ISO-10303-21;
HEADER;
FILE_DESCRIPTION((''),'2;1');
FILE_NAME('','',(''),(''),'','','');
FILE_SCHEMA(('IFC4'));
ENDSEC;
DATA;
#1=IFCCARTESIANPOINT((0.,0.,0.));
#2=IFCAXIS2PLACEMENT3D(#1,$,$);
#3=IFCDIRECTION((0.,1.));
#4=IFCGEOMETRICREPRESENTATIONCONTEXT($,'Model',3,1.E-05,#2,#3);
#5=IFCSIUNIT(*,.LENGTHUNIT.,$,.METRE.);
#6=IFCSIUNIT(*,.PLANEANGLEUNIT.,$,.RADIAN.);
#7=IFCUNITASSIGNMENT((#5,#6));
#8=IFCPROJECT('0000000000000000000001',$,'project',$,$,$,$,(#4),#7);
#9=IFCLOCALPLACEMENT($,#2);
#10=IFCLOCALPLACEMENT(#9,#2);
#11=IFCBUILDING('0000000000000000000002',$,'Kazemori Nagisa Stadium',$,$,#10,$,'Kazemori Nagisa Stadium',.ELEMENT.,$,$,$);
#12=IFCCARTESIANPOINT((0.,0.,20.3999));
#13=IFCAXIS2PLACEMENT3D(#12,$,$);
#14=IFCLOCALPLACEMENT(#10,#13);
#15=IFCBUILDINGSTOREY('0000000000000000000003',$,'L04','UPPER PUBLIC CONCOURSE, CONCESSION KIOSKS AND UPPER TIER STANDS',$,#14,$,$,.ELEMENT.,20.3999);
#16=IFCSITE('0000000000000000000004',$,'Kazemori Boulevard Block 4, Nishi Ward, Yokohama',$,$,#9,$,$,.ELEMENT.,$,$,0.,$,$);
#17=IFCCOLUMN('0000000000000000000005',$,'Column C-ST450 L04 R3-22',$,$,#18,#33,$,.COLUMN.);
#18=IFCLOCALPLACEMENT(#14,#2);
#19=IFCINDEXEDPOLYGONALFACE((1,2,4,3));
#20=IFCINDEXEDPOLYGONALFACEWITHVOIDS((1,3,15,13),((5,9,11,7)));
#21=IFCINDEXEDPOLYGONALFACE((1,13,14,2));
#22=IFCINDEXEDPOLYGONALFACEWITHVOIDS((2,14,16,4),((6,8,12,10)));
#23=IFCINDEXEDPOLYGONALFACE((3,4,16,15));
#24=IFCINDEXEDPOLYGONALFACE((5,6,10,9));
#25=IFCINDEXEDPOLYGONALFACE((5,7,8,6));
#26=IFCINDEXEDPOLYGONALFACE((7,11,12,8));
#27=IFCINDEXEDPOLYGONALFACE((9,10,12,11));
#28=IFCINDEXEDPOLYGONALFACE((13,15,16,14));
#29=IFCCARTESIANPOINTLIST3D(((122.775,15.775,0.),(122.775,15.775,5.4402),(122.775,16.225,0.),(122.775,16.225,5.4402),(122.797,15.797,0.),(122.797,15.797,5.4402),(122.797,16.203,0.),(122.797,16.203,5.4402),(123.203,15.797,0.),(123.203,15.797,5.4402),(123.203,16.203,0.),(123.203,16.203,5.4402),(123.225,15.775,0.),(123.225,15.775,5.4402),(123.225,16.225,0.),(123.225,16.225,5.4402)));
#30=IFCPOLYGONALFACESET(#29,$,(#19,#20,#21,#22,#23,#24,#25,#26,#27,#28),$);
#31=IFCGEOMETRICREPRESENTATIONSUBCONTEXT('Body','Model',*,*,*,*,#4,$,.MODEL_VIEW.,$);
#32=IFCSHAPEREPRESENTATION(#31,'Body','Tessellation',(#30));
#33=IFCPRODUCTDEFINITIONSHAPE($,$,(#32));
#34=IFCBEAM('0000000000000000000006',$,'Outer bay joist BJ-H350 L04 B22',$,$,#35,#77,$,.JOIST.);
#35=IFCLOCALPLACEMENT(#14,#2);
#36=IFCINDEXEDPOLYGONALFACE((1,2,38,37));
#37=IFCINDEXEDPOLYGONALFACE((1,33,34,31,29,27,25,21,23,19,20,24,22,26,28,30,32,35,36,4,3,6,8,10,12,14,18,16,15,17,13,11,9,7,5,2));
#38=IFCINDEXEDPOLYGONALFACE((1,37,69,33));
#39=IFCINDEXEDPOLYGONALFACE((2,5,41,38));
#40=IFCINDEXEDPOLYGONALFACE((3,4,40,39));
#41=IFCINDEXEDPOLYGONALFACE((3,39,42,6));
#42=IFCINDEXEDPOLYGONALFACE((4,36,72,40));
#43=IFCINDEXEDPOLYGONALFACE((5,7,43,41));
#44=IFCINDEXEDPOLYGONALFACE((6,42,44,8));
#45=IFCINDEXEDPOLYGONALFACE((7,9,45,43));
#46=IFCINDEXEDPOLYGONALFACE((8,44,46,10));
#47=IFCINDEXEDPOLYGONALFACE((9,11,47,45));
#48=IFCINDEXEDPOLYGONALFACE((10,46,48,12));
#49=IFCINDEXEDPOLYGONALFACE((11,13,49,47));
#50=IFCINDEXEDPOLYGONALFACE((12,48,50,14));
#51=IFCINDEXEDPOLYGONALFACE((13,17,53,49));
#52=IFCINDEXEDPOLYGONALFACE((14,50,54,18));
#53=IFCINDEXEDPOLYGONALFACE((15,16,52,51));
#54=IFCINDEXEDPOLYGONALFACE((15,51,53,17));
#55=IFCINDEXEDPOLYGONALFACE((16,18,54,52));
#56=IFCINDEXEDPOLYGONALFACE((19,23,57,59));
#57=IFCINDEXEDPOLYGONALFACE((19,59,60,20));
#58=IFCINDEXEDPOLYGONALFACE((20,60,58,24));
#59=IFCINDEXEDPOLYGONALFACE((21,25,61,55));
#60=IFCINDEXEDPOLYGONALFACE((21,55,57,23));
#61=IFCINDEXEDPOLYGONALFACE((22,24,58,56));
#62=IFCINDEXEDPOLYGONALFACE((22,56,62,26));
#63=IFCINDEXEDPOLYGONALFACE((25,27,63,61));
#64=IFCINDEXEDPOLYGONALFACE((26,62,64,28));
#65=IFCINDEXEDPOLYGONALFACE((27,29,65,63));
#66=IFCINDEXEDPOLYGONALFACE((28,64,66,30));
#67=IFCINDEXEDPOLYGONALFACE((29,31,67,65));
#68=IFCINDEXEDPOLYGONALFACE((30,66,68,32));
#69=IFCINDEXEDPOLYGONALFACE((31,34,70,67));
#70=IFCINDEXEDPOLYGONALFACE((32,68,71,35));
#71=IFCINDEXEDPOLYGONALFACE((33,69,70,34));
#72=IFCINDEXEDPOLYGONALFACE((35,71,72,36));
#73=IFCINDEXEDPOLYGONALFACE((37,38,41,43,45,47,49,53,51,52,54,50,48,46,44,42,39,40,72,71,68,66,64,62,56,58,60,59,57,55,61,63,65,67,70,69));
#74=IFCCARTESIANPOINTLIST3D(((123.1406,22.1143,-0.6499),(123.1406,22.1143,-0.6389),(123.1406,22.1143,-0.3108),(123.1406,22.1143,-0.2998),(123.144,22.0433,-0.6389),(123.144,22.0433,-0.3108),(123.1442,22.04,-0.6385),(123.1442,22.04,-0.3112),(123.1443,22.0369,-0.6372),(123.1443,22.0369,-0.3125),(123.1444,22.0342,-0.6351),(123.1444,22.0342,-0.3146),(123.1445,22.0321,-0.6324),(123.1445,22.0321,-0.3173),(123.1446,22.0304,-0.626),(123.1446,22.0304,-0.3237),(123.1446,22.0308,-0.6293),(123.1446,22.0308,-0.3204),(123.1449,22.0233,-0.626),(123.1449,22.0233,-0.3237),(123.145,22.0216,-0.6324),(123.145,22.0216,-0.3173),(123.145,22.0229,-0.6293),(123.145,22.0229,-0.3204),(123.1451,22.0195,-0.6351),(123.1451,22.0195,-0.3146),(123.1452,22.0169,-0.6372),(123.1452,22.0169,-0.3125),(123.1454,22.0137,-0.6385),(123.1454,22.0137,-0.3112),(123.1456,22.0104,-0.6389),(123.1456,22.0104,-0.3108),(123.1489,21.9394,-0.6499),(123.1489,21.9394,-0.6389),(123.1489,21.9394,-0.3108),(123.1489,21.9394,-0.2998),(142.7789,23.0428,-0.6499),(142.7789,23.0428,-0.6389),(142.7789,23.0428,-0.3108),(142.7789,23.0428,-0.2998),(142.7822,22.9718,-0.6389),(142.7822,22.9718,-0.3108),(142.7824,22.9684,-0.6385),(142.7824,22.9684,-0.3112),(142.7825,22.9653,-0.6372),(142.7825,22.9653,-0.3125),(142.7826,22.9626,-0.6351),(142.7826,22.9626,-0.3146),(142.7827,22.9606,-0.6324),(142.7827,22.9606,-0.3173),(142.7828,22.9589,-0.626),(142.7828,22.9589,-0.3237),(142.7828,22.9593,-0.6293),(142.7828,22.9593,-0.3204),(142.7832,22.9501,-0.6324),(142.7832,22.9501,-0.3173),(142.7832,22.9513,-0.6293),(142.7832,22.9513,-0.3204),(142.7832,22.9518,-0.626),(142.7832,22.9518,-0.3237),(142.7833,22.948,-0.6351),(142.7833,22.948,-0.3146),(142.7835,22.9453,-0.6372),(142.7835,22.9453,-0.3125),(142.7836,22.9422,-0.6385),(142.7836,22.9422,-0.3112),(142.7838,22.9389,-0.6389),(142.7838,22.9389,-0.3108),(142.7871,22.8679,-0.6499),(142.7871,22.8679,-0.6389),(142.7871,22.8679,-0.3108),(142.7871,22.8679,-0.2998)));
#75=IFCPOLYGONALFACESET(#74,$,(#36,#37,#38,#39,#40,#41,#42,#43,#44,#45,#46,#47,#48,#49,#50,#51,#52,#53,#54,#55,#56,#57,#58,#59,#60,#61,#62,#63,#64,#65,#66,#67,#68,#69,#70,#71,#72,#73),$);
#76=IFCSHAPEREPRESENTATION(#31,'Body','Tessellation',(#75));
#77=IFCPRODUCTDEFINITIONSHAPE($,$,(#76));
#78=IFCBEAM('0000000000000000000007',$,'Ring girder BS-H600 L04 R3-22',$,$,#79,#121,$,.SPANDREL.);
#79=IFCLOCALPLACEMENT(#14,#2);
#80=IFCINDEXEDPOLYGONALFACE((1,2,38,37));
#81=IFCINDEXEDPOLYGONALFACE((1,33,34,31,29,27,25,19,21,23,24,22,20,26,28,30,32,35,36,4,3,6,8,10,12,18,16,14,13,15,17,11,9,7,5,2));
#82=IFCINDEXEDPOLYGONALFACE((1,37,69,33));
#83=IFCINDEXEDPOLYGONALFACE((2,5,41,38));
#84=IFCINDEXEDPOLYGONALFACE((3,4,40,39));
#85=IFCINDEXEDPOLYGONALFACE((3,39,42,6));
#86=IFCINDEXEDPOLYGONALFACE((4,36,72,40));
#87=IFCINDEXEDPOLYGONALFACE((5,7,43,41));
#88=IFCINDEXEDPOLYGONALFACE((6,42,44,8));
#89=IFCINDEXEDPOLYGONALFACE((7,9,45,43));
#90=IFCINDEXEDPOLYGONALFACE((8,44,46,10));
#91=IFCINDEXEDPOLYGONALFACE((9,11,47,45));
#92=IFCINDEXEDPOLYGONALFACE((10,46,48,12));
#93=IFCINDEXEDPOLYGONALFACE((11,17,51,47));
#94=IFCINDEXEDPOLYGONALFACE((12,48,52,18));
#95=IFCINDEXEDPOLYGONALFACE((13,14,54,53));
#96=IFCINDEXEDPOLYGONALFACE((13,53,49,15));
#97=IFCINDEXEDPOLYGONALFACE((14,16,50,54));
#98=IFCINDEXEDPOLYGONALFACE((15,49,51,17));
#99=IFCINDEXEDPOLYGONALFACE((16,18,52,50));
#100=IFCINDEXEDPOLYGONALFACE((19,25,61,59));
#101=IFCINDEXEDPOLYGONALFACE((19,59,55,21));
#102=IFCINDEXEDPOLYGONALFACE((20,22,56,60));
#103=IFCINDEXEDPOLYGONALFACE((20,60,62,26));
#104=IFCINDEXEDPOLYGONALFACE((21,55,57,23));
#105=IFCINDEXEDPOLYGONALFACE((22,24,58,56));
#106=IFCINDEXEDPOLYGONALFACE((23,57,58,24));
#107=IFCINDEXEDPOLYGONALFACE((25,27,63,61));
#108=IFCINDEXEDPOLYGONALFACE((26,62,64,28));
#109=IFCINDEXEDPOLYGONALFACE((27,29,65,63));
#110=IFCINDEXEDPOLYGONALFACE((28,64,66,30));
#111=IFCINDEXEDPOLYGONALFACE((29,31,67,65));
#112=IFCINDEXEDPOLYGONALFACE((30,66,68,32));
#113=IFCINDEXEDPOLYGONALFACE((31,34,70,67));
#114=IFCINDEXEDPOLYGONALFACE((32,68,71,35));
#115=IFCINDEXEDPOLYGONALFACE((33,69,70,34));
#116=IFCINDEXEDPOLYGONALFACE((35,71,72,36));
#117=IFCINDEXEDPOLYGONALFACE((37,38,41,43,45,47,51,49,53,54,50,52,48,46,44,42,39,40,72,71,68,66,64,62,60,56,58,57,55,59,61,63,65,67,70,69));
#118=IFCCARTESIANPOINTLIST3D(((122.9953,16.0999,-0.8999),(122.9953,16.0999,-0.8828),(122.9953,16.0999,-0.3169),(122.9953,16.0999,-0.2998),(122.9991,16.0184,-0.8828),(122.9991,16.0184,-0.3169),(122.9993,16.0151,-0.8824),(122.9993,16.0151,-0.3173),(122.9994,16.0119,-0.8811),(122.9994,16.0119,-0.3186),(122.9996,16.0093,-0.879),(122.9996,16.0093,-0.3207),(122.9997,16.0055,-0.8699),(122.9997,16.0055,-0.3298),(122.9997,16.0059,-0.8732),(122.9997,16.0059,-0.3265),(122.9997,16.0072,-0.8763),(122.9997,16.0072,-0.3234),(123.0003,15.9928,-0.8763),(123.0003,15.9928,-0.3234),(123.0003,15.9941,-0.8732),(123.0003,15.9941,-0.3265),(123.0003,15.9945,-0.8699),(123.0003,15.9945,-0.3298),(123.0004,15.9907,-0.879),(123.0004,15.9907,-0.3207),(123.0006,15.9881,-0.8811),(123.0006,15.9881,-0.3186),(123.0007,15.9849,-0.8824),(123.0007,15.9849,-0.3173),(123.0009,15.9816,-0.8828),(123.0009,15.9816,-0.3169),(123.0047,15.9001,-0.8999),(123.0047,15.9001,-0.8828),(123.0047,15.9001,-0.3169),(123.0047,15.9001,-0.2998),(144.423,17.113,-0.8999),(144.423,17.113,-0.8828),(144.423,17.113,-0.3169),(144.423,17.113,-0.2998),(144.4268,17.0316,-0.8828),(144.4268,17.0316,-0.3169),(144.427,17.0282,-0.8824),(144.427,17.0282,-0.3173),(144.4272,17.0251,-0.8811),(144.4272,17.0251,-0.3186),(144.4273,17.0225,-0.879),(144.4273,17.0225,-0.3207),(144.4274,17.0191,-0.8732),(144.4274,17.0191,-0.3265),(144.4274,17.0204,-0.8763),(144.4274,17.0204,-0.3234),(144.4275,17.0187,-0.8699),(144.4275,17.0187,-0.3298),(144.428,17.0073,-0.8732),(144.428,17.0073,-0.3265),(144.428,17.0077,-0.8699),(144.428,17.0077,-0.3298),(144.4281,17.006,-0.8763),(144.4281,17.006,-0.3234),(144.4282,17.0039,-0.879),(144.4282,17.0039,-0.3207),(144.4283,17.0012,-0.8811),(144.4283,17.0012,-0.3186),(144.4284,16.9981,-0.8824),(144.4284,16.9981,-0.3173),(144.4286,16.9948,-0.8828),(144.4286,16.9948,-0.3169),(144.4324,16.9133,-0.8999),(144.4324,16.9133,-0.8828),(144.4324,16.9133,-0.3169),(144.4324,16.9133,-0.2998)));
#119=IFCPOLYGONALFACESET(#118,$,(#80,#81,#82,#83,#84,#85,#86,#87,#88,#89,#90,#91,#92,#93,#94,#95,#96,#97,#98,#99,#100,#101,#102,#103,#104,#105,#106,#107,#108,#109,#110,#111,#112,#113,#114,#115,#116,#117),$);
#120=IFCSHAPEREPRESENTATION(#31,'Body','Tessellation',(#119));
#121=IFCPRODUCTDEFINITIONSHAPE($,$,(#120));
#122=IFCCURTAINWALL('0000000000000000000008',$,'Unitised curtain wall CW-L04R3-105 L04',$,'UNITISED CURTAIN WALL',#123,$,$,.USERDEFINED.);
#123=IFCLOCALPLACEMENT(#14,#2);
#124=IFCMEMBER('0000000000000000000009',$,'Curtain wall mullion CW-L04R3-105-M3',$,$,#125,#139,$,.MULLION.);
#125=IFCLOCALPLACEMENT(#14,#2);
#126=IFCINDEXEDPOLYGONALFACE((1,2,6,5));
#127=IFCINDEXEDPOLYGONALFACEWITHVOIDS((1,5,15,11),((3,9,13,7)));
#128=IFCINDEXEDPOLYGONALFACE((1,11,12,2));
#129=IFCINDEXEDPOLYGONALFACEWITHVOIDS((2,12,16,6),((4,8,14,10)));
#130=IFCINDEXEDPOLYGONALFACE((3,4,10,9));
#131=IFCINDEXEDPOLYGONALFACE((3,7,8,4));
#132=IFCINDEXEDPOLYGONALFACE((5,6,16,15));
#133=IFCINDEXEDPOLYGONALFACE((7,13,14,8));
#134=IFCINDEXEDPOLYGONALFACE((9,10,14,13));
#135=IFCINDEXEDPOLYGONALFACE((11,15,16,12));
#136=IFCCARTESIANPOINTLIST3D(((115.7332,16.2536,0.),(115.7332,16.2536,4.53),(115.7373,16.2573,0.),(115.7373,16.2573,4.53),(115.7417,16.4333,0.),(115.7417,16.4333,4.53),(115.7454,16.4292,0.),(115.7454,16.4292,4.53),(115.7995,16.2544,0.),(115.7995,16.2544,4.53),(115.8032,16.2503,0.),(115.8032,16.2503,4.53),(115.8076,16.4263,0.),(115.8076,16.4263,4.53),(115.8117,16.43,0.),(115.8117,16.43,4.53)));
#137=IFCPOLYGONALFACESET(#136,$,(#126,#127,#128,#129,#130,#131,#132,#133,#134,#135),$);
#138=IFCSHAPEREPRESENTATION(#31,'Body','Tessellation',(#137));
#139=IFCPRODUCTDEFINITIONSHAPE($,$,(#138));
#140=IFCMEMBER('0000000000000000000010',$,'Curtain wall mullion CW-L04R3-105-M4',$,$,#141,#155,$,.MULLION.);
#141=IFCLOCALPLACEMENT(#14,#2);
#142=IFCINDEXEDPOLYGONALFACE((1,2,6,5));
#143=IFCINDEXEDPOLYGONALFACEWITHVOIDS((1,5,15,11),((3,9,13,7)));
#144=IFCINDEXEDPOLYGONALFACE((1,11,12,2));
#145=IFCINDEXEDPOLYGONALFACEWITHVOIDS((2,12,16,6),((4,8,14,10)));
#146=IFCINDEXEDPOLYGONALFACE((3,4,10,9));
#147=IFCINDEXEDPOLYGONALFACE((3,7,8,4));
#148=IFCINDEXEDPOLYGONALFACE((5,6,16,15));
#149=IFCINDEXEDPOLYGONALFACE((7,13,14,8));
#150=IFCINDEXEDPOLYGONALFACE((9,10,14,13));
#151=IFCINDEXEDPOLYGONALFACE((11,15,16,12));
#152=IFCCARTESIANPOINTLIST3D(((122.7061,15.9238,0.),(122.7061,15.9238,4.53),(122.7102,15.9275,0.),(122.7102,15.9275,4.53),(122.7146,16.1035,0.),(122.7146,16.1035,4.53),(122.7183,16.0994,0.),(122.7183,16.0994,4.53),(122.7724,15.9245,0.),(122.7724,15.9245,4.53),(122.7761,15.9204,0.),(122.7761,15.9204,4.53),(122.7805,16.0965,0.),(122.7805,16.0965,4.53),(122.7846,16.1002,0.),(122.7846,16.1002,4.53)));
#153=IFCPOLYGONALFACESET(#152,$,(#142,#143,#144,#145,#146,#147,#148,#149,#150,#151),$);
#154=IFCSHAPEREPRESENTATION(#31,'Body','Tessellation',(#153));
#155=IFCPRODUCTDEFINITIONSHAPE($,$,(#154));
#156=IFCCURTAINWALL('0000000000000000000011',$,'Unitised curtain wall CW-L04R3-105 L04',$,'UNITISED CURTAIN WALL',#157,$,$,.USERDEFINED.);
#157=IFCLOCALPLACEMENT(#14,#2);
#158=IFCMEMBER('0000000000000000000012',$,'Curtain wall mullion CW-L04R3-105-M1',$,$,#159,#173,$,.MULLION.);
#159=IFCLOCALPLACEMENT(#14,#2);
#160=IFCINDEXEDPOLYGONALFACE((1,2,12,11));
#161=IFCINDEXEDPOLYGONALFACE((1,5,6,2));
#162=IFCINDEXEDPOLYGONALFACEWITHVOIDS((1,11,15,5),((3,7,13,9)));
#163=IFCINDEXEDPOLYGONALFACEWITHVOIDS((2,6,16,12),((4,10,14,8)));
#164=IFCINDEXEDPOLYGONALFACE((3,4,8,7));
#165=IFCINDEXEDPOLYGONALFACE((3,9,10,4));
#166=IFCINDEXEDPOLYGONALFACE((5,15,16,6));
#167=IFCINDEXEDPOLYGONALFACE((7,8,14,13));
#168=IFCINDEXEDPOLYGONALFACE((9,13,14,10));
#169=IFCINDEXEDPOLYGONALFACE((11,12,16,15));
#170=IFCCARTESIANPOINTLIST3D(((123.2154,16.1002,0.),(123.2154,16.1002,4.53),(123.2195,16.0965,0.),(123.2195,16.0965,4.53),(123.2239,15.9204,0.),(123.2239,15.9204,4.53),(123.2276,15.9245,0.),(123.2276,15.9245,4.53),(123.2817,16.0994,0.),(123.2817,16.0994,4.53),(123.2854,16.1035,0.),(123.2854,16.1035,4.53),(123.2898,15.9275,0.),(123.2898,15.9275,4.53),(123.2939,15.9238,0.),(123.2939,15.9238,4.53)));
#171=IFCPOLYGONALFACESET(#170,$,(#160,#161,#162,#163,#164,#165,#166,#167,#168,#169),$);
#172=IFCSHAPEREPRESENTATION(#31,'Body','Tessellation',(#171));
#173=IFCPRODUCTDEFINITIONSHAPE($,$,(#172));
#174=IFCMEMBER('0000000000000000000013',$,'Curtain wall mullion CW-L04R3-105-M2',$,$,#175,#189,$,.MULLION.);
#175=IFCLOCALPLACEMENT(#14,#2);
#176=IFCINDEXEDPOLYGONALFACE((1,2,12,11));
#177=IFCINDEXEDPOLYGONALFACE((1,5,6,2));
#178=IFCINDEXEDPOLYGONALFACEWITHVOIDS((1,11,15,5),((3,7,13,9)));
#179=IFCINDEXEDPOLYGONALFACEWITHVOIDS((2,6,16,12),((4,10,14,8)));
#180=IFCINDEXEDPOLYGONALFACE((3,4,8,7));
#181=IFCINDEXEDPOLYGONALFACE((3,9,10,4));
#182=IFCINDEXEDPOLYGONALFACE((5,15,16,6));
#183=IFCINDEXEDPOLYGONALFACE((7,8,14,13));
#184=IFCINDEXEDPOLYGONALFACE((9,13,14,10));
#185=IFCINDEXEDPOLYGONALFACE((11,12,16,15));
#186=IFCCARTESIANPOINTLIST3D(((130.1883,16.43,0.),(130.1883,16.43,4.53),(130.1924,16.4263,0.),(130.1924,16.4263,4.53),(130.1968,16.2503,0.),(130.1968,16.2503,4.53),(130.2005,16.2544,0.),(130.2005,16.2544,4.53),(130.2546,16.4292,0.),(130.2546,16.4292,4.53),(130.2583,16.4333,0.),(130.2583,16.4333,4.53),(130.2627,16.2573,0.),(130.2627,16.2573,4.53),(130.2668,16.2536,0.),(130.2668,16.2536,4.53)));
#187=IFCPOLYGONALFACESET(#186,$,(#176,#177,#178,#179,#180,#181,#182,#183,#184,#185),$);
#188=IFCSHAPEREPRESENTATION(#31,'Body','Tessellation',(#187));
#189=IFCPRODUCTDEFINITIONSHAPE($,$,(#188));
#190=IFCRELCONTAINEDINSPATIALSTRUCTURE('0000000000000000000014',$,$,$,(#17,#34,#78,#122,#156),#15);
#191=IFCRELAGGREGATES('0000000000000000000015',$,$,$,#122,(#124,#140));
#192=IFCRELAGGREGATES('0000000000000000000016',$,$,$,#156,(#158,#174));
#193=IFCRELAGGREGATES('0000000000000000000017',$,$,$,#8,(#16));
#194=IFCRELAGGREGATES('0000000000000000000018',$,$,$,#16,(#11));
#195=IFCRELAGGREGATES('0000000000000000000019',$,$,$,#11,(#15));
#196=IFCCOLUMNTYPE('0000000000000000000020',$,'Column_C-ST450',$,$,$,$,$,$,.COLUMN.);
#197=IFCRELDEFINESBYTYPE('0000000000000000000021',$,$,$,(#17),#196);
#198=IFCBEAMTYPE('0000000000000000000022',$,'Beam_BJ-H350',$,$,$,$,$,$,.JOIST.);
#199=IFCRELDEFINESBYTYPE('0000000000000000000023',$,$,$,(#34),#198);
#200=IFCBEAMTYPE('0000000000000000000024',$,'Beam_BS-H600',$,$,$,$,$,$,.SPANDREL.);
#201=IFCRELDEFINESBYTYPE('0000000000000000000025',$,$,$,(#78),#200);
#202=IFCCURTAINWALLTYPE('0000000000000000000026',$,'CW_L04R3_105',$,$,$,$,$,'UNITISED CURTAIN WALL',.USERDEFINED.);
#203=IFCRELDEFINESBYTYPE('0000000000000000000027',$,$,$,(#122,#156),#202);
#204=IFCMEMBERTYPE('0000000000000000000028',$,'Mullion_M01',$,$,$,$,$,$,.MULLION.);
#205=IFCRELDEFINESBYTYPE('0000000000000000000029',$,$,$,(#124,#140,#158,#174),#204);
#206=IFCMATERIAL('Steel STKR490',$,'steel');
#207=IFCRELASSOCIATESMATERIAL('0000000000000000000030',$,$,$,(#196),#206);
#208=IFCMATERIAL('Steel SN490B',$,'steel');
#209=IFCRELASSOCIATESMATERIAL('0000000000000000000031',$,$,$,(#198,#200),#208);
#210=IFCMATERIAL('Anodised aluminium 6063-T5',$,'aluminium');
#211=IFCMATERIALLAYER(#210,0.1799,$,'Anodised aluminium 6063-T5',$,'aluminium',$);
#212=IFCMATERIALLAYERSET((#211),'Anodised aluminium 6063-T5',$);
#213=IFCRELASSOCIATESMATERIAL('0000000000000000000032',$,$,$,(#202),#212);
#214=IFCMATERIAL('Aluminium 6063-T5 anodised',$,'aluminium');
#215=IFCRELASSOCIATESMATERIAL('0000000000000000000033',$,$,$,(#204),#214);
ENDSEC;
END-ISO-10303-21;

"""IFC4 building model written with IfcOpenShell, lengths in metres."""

from ifc_helpers import new_model, si_unit, direction, frame, origin, origin_2d, place, context, subcontext, project, spatial, hollow_rectangle, i_section, extrude, material, layer, layer_set, material_profile, profile_set, type_object, element, aggregate, save


model = new_model("IFC4")

# Units and contexts
model_context = context("Model", 3, precision=1e-05, world=origin(), true_north=direction((0.0, 1.0)))
body_context = subcontext(model_context, "Body", "Model", "MODEL_VIEW")
ifc_project = project(units=[si_unit("LENGTHUNIT", "METRE"), si_unit("PLANEANGLEUNIT", "RADIAN")], contexts=[model_context])

# Site, building, storey
site_placement = place(None, origin())
site = spatial("IfcSite", under=ifc_project, at=site_placement, Name="Kazemori Boulevard Block 4, Nishi Ward, Yokohama", CompositionType="ELEMENT", RefElevation=0.0)
building_placement = place(site_placement, origin())
building = spatial("IfcBuilding", under=site, at=building_placement, Name="Kazemori Nagisa Stadium", LongName="Kazemori Nagisa Stadium", CompositionType="ELEMENT")
storey_placement = place(building_placement, frame((0.0, 0.0, 20.3999)))
storey = spatial("IfcBuildingStorey", under=building, at=storey_placement, Name="L04", Description="UPPER PUBLIC CONCOURSE, CONCESSION KIOSKS AND UPPER TIER STANDS", CompositionType="ELEMENT", Elevation=20.3999)

# Column
ifc_material_1 = material(Name="Steel STKR490", Category="steel")
ifc_material_profile_1 = material_profile(ifc_material_1, hollow_rectangle(XDim=0.45, YDim=0.45, WallThickness=0.022, at=origin_2d()), Name="SHS-450x450x22")
ifc_profile_set_1 = profile_set([ifc_material_profile_1], Name="Steel STKR490")
column_type = type_object("IfcColumnType", Name="Column_C-ST450", PredefinedType="COLUMN", material=ifc_profile_set_1)
column_placement = place(storey_placement, frame((123.0, 16.0, 0.0), z_axis=(0.0, 0.0, 1.0), x_axis=(0.0, -1.0, 0.0)))
element("IfcColumn", 1, at=column_placement, inside=storey, type_object=column_type, Name="Column C-ST450 L04 R3-22", PredefinedType="COLUMN", context=body_context, shape_type="SweptSolid", body=[
    extrude(hollow_rectangle(XDim=0.45, YDim=0.45, WallThickness=0.022, at=origin_2d()), origin(), (0.0, 0.0, 1.0), 5.4402),
])

# Beams
ifc_material_2 = material(Name="Steel SN490B", Category="steel")
ifc_material_profile_2 = material_profile(ifc_material_2, i_section(OverallWidth=0.175, OverallDepth=0.3501, WebThickness=0.0071, FlangeThickness=0.011, FilletRadius=0.0129, at=origin_2d()), Name="H-350x175x7x11")
ifc_profile_set_2 = profile_set([ifc_material_profile_2], Name="Steel SN490B")
beam_type_1 = type_object("IfcBeamType", Name="Beam_BJ-H350", PredefinedType="JOIST", material=ifc_profile_set_2)
beam_1_placement = place(storey_placement, frame((123.1448, 22.0269, -0.4749), z_axis=(0.998884, 0.047226, 0.0), x_axis=(-0.047226, 0.998884, 0.0)))
element("IfcBeam", 2, at=beam_1_placement, inside=storey, type_object=beam_type_1, Name="Outer bay joist BJ-H350 L04 B22", PredefinedType="JOIST", context=body_context, shape_type="SweptSolid", body=[
    extrude(i_section(OverallWidth=0.175, OverallDepth=0.3501, WebThickness=0.0071, FlangeThickness=0.011, FilletRadius=0.0129, at=origin_2d()), origin(), (0.0, 0.0, 1.0), 19.6602),
])
ifc_material_profile_3 = material_profile(ifc_material_2, i_section(OverallWidth=0.2, OverallDepth=0.6001, WebThickness=0.011, FlangeThickness=0.0171, FilletRadius=0.0129, at=origin_2d()), Name="H-600x200x11x17")
ifc_profile_set_3 = profile_set([ifc_material_profile_3], Name="Steel SN490B")
beam_type_2 = type_object("IfcBeamType", Name="Beam_BS-H600", PredefinedType="SPANDREL", material=ifc_profile_set_3)
beam_2_placement = place(storey_placement, frame((123.0, 16.0, -0.5999), z_axis=(0.998884, 0.047231, 0.0), x_axis=(-0.047231, 0.998884, 0.0)))
element("IfcBeam", 3, at=beam_2_placement, inside=storey, type_object=beam_type_2, Name="Ring girder BS-H600 L04 R3-22", PredefinedType="SPANDREL", context=body_context, shape_type="SweptSolid", body=[
    extrude(i_section(OverallWidth=0.2, OverallDepth=0.6001, WebThickness=0.011, FlangeThickness=0.0171, FilletRadius=0.0129, at=origin_2d()), origin(), (0.0, 0.0, 1.0), 21.4517),
])

# Curtain walls, members
ifc_material_3 = material(Name="Anodised aluminium 6063-T5", Category="aluminium")
ifc_layer_1 = layer(ifc_material_3, 0.1799, Name="Anodised aluminium 6063-T5", Category="aluminium")
ifc_layer_set_1 = layer_set([ifc_layer_1], Name="Anodised aluminium 6063-T5")
curtain_wall_type = type_object("IfcCurtainWallType", Name="CW_L04R3_105", ElementType="UNITISED CURTAIN WALL", PredefinedType="USERDEFINED", material=ifc_layer_set_1)
curtain_wall_1_placement = place(storey_placement, origin())
curtain_wall_1 = element("IfcCurtainWall", 4, at=curtain_wall_1_placement, inside=storey, type_object=curtain_wall_type, Name="Unitised curtain wall CW-L04R3-105 L04", ObjectType="UNITISED CURTAIN WALL", PredefinedType="USERDEFINED")
ifc_material_4 = material(Name="Aluminium 6063-T5 anodised", Category="aluminium")
ifc_material_profile_4 = material_profile(ifc_material_4, hollow_rectangle(XDim=0.0701, YDim=0.1799, WallThickness=0.0039, at=origin_2d()), Name="ALU-MULL-70x180x4")
ifc_profile_set_4 = profile_set([ifc_material_profile_4], Name="Aluminium 6063-T5 anodised")
member_type_1 = type_object("IfcMemberType", Name="Mullion_M01", PredefinedType="MULLION", material=ifc_profile_set_4)
member_1_placement = place(storey_placement, frame((115.7725, 16.3418, 0.0), z_axis=(0.0, 0.0, 1.0), x_axis=(0.998884, -0.04723, 0.0)))
member_1 = element("IfcMember", 5, at=member_1_placement, type_object=member_type_1, Name="Curtain wall mullion CW-L04R3-105-M3", PredefinedType="MULLION", context=body_context, shape_type="SweptSolid", body=[
    extrude(hollow_rectangle(XDim=0.0701, YDim=0.1799, WallThickness=0.0039, at=origin_2d()), origin(), (0.0, 0.0, 1.0), 4.53),
])
member_2_placement = place(storey_placement, frame((122.7454, 16.012, 0.0), z_axis=(0.0, 0.0, 1.0), x_axis=(0.998884, -0.04723, 0.0)))
member_2 = element("IfcMember", 6, at=member_2_placement, type_object=member_type_1, Name="Curtain wall mullion CW-L04R3-105-M4", PredefinedType="MULLION", context=body_context, shape_type="SweptSolid", body=[
    extrude(hollow_rectangle(XDim=0.0701, YDim=0.1799, WallThickness=0.0039, at=origin_2d()), origin(), (0.0, 0.0, 1.0), 4.53),
])
curtain_wall_2_placement = place(storey_placement, origin())
curtain_wall_2 = element("IfcCurtainWall", 7, at=curtain_wall_2_placement, inside=storey, type_object=curtain_wall_type, Name="Unitised curtain wall CW-L04R3-105 L04", ObjectType="UNITISED CURTAIN WALL", PredefinedType="USERDEFINED")
member_3_placement = place(storey_placement, frame((123.2546, 16.012, 0.0), z_axis=(0.0, 0.0, 1.0), x_axis=(0.998884, 0.04723, 0.0)))
member_3 = element("IfcMember", 8, at=member_3_placement, type_object=member_type_1, Name="Curtain wall mullion CW-L04R3-105-M1", PredefinedType="MULLION", context=body_context, shape_type="SweptSolid", body=[
    extrude(hollow_rectangle(XDim=0.0701, YDim=0.1799, WallThickness=0.0039, at=origin_2d()), origin(), (0.0, 0.0, 1.0), 4.53),
])
member_4_placement = place(storey_placement, frame((130.2275, 16.3418, 0.0), z_axis=(0.0, 0.0, 1.0), x_axis=(0.998884, 0.04723, 0.0)))
member_4 = element("IfcMember", 9, at=member_4_placement, type_object=member_type_1, Name="Curtain wall mullion CW-L04R3-105-M2", PredefinedType="MULLION", context=body_context, shape_type="SweptSolid", body=[
    extrude(hollow_rectangle(XDim=0.0701, YDim=0.1799, WallThickness=0.0039, at=origin_2d()), origin(), (0.0, 0.0, 1.0), 4.53),
])

aggregate(curtain_wall_1, [member_1, member_2])
aggregate(curtain_wall_2, [member_3, member_4])

save(model, "model.ifc")
